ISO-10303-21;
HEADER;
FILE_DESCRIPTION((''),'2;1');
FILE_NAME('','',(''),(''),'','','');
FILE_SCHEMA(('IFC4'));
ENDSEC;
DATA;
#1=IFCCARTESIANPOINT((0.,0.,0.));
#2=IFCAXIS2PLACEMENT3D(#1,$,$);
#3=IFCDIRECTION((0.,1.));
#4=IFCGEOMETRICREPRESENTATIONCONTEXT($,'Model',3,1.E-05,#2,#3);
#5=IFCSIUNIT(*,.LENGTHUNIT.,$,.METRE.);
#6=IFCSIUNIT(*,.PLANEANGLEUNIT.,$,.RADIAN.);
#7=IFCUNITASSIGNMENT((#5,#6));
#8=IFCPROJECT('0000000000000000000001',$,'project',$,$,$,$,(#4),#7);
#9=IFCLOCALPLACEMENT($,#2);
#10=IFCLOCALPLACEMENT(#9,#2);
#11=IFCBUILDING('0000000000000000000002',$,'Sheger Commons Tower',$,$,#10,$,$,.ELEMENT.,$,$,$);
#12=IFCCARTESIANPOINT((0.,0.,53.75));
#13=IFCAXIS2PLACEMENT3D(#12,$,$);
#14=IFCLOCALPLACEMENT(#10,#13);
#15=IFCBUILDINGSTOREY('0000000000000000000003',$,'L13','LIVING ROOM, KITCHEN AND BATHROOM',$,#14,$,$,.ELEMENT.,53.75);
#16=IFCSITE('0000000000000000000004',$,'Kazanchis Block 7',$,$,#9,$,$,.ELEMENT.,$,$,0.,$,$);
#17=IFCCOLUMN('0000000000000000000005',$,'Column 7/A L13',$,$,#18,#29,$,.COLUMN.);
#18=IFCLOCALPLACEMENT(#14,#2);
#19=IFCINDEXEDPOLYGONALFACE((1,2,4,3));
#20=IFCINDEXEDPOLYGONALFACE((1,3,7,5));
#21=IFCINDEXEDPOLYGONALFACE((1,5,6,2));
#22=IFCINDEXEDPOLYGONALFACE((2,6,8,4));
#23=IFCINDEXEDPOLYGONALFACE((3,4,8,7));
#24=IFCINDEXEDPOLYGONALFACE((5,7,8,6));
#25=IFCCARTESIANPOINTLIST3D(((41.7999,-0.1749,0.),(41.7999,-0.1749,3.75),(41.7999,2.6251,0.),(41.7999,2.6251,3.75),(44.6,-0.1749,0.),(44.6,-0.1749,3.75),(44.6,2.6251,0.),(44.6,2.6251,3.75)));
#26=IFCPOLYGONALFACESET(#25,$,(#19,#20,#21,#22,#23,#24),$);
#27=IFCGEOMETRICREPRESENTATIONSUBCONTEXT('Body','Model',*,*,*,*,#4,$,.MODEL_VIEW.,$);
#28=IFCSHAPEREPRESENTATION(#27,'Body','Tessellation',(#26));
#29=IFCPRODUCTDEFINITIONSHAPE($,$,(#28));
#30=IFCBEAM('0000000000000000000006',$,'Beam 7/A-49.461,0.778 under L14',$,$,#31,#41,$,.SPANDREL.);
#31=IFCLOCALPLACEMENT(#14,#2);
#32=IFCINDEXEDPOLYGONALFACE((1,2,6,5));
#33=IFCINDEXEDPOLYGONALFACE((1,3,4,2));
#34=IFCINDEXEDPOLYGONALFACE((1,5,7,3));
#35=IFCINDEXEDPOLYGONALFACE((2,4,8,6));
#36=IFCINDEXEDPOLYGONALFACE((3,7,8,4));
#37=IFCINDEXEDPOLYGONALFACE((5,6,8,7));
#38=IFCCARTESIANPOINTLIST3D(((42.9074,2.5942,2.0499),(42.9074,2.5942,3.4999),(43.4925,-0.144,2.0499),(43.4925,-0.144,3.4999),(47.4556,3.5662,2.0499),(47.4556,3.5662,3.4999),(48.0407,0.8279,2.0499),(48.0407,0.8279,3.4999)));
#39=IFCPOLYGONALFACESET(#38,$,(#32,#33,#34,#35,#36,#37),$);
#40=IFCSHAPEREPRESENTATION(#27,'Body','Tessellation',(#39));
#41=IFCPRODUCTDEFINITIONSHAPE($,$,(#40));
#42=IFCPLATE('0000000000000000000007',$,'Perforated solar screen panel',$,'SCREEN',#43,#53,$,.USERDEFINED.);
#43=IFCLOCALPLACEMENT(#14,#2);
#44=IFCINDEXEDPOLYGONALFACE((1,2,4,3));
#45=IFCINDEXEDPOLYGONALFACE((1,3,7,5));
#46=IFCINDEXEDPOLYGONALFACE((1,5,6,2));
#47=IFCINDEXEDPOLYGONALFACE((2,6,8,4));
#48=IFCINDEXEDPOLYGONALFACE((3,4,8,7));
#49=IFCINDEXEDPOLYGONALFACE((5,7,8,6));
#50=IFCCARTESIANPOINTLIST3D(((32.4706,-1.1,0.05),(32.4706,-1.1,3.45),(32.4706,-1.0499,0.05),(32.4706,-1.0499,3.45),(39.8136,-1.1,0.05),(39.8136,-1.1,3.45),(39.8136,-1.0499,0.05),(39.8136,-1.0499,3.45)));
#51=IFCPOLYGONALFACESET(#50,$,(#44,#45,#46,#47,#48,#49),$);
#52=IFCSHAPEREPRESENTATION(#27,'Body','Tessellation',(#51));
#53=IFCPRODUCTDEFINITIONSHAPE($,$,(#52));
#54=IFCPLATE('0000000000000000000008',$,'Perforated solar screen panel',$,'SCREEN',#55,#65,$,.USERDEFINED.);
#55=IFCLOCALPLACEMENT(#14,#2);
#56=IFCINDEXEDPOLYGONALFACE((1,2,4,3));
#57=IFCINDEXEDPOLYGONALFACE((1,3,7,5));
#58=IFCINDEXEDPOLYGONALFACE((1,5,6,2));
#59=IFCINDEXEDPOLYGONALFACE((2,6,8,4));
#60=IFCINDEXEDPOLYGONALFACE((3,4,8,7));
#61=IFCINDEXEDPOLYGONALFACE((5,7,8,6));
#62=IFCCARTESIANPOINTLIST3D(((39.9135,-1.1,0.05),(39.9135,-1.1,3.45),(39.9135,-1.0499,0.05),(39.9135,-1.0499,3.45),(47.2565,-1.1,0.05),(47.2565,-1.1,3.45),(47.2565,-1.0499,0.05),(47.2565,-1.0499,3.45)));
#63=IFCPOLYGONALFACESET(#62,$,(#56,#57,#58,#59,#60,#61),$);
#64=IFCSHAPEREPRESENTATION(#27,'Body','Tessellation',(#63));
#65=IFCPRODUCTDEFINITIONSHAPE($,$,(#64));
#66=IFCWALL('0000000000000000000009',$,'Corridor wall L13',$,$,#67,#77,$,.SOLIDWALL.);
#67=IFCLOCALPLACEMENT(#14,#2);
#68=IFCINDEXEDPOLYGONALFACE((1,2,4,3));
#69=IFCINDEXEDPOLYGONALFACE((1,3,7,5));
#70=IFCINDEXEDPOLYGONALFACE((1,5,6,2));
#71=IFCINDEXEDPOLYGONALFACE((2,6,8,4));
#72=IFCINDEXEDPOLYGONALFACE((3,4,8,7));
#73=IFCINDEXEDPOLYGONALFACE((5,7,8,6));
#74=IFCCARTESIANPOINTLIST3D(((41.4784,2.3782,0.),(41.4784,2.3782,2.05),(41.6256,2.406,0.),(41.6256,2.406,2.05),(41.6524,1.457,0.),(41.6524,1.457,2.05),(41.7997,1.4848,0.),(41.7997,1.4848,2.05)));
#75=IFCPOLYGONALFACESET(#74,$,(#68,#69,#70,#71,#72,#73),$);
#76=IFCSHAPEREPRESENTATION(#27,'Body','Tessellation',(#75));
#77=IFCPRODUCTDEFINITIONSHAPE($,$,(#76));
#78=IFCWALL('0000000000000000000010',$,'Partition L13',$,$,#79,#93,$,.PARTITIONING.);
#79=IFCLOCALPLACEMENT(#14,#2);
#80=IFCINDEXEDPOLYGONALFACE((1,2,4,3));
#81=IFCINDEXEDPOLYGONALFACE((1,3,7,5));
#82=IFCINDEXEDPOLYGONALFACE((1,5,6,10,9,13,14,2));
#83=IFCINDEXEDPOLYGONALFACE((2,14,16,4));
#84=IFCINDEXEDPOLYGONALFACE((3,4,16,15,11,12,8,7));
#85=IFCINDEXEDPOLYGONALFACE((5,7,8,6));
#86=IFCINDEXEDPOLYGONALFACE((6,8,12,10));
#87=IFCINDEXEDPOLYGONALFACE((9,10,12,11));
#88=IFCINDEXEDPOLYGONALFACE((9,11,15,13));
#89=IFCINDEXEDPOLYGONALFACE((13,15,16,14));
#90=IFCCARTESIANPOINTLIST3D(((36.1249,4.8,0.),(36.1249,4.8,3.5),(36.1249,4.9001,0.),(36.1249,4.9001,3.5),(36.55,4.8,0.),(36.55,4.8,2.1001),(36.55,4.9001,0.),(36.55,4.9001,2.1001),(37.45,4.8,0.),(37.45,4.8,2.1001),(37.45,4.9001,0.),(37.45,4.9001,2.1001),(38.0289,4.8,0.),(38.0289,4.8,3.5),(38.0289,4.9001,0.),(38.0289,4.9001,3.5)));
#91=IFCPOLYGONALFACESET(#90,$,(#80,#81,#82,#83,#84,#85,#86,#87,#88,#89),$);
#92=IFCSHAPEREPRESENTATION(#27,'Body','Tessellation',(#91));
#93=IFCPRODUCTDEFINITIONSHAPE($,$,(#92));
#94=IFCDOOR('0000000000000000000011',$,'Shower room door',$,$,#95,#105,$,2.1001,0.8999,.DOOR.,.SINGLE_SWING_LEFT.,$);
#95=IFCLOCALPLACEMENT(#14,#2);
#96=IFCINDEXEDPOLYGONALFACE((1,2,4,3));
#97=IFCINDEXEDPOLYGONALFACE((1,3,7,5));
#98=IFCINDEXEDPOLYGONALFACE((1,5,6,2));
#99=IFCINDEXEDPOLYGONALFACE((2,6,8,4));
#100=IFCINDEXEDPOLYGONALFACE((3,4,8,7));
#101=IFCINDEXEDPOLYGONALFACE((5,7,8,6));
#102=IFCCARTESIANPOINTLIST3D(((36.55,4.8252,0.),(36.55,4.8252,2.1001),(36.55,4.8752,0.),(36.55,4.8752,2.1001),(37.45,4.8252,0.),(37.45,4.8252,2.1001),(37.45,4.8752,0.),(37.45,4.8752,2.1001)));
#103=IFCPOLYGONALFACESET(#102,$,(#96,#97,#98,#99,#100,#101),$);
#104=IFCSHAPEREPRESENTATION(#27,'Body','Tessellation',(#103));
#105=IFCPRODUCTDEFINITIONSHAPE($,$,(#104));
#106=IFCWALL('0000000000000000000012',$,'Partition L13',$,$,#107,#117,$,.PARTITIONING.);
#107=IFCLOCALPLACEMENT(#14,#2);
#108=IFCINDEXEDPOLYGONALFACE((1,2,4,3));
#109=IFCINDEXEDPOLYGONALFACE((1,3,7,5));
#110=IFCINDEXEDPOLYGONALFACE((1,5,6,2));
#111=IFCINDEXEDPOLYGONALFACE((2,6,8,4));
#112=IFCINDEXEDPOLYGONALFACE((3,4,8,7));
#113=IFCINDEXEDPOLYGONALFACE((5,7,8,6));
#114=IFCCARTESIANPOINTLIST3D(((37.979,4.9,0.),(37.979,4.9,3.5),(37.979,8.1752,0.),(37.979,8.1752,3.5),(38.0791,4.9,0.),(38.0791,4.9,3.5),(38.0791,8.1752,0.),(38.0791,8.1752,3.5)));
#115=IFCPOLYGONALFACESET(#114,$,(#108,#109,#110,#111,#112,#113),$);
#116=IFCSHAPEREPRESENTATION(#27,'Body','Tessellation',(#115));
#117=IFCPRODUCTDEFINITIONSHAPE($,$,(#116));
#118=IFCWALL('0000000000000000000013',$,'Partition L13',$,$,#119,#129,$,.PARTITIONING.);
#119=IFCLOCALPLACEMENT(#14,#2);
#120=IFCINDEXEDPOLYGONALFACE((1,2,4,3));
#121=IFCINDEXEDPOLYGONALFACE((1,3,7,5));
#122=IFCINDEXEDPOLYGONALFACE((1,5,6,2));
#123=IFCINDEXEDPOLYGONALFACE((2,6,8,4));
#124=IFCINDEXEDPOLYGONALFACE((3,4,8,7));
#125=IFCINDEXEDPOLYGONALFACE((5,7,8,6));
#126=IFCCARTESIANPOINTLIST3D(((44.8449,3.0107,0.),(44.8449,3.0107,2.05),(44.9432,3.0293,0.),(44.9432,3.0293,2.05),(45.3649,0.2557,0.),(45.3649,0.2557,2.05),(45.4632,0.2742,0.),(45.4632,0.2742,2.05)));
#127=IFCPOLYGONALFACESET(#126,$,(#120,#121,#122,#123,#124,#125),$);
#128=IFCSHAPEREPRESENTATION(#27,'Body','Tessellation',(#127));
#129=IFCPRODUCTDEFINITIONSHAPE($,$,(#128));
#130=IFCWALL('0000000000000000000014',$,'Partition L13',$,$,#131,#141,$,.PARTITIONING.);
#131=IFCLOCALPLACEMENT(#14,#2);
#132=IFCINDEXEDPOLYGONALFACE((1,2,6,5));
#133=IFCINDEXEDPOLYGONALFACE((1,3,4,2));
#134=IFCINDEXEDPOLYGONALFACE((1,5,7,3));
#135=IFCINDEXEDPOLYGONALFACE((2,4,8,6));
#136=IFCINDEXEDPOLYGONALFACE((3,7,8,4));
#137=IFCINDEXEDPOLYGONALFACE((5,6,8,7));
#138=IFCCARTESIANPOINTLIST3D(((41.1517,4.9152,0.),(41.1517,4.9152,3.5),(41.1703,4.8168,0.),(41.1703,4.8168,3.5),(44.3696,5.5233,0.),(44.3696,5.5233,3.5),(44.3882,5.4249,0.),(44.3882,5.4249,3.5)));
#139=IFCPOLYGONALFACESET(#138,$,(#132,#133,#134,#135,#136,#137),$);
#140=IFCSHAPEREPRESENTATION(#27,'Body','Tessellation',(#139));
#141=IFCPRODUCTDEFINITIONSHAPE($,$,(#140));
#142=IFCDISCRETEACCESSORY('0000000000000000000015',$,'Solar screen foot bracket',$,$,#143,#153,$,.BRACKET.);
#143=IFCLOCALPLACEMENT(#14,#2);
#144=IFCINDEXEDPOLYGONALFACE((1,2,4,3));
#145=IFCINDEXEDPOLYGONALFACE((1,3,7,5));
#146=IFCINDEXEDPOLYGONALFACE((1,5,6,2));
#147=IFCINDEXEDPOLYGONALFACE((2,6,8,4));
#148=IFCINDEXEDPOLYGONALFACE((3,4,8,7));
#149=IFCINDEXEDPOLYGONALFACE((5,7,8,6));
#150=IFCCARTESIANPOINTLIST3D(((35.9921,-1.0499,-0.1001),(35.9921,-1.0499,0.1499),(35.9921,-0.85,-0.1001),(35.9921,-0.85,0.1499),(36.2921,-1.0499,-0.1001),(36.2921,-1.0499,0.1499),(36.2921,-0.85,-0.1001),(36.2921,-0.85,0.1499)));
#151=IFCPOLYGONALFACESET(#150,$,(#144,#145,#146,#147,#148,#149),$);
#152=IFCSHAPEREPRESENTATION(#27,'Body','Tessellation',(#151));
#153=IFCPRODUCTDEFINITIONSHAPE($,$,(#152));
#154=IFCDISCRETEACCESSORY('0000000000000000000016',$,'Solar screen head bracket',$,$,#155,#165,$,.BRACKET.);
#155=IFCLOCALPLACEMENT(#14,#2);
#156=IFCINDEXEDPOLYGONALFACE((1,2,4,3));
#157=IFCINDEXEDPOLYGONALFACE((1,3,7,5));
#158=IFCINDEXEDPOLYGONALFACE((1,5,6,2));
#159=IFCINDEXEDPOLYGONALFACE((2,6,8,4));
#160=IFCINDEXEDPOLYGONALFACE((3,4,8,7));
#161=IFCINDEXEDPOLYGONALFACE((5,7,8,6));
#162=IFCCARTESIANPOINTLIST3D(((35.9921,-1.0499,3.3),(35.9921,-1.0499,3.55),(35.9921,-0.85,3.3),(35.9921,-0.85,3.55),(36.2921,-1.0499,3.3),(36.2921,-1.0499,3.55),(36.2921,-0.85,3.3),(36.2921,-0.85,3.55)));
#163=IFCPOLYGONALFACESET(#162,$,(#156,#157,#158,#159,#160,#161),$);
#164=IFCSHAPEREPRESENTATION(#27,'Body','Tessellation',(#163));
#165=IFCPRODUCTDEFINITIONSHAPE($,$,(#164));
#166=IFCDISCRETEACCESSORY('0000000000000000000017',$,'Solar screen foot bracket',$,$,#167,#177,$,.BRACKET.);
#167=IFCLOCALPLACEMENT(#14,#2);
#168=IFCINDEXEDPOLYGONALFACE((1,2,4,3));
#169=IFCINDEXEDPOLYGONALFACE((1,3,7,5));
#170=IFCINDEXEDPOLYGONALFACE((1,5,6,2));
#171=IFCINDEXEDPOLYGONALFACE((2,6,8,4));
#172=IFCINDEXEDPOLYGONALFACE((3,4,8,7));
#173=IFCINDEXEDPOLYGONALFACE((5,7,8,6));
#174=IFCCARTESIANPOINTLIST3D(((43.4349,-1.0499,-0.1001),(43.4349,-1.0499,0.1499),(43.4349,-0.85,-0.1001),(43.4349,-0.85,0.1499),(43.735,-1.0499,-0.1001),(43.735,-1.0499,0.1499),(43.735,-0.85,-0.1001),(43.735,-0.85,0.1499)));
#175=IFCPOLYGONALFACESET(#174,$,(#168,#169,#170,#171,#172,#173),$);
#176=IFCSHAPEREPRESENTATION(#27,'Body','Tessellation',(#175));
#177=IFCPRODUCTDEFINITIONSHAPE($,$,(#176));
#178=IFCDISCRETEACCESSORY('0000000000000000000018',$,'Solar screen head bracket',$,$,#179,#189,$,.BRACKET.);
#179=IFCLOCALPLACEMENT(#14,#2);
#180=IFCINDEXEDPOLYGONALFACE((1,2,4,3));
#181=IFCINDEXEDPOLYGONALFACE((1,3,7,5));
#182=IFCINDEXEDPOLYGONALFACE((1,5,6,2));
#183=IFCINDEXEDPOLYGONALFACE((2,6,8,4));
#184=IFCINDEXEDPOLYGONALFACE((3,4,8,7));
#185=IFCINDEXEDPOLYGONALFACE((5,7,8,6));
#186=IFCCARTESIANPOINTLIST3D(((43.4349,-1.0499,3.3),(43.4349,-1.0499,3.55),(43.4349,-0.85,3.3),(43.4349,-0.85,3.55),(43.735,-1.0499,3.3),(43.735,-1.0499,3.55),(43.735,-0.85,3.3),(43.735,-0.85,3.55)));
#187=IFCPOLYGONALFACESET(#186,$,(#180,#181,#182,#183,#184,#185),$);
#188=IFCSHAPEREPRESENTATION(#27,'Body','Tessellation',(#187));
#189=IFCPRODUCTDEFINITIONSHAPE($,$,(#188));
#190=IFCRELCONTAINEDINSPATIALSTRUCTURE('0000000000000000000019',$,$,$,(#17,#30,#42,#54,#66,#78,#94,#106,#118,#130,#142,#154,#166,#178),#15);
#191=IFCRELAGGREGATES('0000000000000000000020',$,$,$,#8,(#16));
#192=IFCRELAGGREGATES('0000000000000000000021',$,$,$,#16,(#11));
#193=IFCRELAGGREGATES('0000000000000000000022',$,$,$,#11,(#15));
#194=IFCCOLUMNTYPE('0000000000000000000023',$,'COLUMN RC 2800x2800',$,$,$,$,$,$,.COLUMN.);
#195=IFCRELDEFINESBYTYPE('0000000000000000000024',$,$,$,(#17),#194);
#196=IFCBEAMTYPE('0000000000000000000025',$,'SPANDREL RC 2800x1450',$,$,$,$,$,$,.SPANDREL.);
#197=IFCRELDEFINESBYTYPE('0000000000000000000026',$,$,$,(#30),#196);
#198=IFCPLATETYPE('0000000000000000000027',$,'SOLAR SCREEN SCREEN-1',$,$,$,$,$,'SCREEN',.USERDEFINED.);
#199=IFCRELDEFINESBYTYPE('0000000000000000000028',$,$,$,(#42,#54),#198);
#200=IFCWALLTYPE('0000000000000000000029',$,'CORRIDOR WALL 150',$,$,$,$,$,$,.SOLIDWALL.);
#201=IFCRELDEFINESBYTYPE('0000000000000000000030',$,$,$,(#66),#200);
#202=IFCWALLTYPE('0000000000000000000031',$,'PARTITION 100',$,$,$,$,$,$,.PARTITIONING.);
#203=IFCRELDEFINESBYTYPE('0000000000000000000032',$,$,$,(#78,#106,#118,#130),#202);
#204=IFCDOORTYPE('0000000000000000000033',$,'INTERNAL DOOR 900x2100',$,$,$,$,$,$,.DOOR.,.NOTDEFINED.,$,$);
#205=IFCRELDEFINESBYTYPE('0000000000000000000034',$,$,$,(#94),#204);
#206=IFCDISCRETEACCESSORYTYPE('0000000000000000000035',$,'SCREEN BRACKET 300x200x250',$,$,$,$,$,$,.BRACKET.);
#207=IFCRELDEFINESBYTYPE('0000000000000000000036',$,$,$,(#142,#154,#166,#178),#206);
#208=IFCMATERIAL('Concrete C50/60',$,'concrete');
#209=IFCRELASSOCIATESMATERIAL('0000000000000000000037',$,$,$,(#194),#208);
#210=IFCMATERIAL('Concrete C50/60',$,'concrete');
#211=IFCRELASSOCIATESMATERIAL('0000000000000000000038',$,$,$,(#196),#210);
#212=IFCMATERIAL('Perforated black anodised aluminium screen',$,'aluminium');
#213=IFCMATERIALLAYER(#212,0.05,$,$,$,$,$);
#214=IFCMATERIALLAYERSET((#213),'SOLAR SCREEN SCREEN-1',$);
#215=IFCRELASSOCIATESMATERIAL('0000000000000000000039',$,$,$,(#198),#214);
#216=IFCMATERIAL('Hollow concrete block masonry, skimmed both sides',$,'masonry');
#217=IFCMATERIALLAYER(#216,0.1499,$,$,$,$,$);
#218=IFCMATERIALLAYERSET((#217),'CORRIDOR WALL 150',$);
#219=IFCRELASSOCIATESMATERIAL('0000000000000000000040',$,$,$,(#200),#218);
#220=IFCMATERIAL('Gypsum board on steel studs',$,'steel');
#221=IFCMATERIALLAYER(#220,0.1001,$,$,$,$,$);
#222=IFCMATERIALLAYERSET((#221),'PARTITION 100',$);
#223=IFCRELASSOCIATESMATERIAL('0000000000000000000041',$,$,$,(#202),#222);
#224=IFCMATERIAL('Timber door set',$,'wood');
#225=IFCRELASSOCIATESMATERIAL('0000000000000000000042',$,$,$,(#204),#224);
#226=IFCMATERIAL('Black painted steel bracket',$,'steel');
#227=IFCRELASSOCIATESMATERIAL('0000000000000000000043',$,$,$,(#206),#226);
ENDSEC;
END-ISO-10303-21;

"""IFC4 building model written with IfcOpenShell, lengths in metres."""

from ifc_helpers import new_model, si_unit, direction, frame, frame_2d, origin, origin_2d, place, context, subcontext, project, spatial, rectangle, extrude, material, layer, layer_set, material_profile, profile_set, type_object, element, fill, save


model = new_model("IFC4")

# Units and contexts
model_context = context("Model", 3, precision=1e-05, world=origin(), true_north=direction((0.0, 1.0)))
body_context = subcontext(model_context, "Body", "Model", "MODEL_VIEW")
ifc_project = project(units=[si_unit("LENGTHUNIT", "METRE"), si_unit("PLANEANGLEUNIT", "RADIAN")], contexts=[model_context])

# Site, building, storey
site_placement = place(None, origin())
site = spatial("IfcSite", under=ifc_project, at=site_placement, Name="Kazanchis Block 7", CompositionType="ELEMENT", RefElevation=0.0)
building_placement = place(site_placement, origin())
building = spatial("IfcBuilding", under=site, at=building_placement, Name="Sheger Commons Tower", CompositionType="ELEMENT")
storey_placement = place(building_placement, frame((0.0, 0.0, 53.75)))
storey = spatial("IfcBuildingStorey", under=building, at=storey_placement, Name="L13", Description="LIVING ROOM, KITCHEN AND BATHROOM", CompositionType="ELEMENT", Elevation=53.75)

# Column
ifc_material_1 = material(Name="Concrete C50/60", Category="concrete")
ifc_material_profile_1 = material_profile(ifc_material_1, rectangle(XDim=2.8, YDim=2.8, at=origin_2d()), Name="RC 2800x2800")
ifc_profile_set_1 = profile_set([ifc_material_profile_1], Name="Concrete C50/60")
column_type = type_object("IfcColumnType", Name="COLUMN RC 2800x2800", PredefinedType="COLUMN", material=ifc_profile_set_1)
column_placement = place(storey_placement, frame((43.2, 1.2251, 0.0), z_axis=(0.0, 0.0, 1.0), x_axis=(1.0, 0.0, 0.0)))
element("IfcColumn", 1, at=column_placement, inside=storey, type_object=column_type, Name="Column 7/A L13", PredefinedType="COLUMN", context=body_context, shape_type="SweptSolid", body=[
    extrude(rectangle(XDim=2.8, YDim=2.8, at=origin_2d()), origin(), (0.0, 0.0, 1.0), 3.75),
])

# Beam
ifc_material_2 = material(Name="Concrete C50/60", Category="concrete")
ifc_material_profile_2 = material_profile(ifc_material_2, rectangle(XDim=2.8, YDim=1.45, at=origin_2d()), Name="RC 2800x1450")
ifc_profile_set_2 = profile_set([ifc_material_profile_2], Name="Concrete C50/60")
beam_type = type_object("IfcBeamType", Name="SPANDREL RC 2800x1450", PredefinedType="SPANDREL", material=ifc_profile_set_2)
beam_placement = place(storey_placement, frame((43.2, 1.2251, 2.7749), z_axis=(0.97792, 0.208981, 0.0), x_axis=(-0.208981, 0.97792, 0.0)))
element("IfcBeam", 2, at=beam_placement, inside=storey, type_object=beam_type, Name="Beam 7/A-49.461,0.778 under L14", PredefinedType="SPANDREL", context=body_context, shape_type="SweptSolid", body=[
    extrude(rectangle(XDim=2.8, YDim=1.45, at=origin_2d()), origin(), (0.0, 0.0, 1.0), 4.6509),
])

# Plates
ifc_material_3 = material(Name="Perforated black anodised aluminium screen", Category="aluminium")
ifc_layer_1 = layer(ifc_material_3, 0.05)
ifc_layer_set_1 = layer_set([ifc_layer_1], Name="SOLAR SCREEN SCREEN-1")
plate_type = type_object("IfcPlateType", Name="SOLAR SCREEN SCREEN-1", ElementType="SCREEN", PredefinedType="USERDEFINED", material=ifc_layer_set_1)
for number, where, z_axis, x_axis, name in (
    (3, (36.1421, -1.075, 0.05), (0.0, 0.0, 1.0), (1.0, 0.0, 0.0), "Perforated solar screen panel"),
    (4, (43.585, -1.075, 0.05), (0.0, 0.0, 1.0), (1.0, 0.0, 0.0), "Perforated solar screen panel"),
):
    element("IfcPlate", number, at=place(storey_placement, frame(where, z_axis=z_axis, x_axis=x_axis)), inside=storey, type_object=plate_type, Name=name, ObjectType="SCREEN", PredefinedType="USERDEFINED", context=body_context, shape_type="SweptSolid", body=[
        extrude(rectangle(XDim=7.343, YDim=0.05, at=origin_2d()), origin(), (0.0, 0.0, 1.0), 3.3999),
    ])

# Wall
ifc_material_4 = material(Name="Hollow concrete block masonry, skimmed both sides", Category="masonry")
ifc_layer_2 = layer(ifc_material_4, 0.1499)
ifc_layer_set_2 = layer_set([ifc_layer_2], Name="CORRIDOR WALL 150")
wall_type_1 = type_object("IfcWallType", Name="CORRIDOR WALL 150", PredefinedType="SOLIDWALL", material=ifc_layer_set_2)
wall_1_placement = place(storey_placement, frame((41.552, 2.3921, 0.0), z_axis=(0.0, 0.0, 1.0), x_axis=(0.185688, -0.982609, 0.0)))
element("IfcWall", 5, at=wall_1_placement, inside=storey, type_object=wall_type_1, Name="Corridor wall L13", PredefinedType="SOLIDWALL", context=body_context, shape_type="SweptSolid", body=[
    extrude(rectangle(XDim=0.9375, YDim=0.1499, at=frame_2d((0.4688, 0.0))), origin(), (0.0, 0.0, 1.0), 2.05),
])

# Wall, opening, door
ifc_material_5 = material(Name="Gypsum board on steel studs", Category="steel")
ifc_layer_3 = layer(ifc_material_5, 0.1001)
ifc_layer_set_3 = layer_set([ifc_layer_3], Name="PARTITION 100")
wall_type_2 = type_object("IfcWallType", Name="PARTITION 100", PredefinedType="PARTITIONING", material=ifc_layer_set_3)
wall_2_placement = place(storey_placement, frame((38.0291, 4.8501, 0.0), z_axis=(0.0, 0.0, 1.0), x_axis=(-1.0, 0.0, 0.0)))
wall_2 = element("IfcWall", 6, at=wall_2_placement, inside=storey, type_object=wall_type_2, Name="Partition L13", PredefinedType="PARTITIONING", context=body_context, shape_type="SweptSolid", body=[
    extrude(rectangle(XDim=1.9041, YDim=0.1001, at=frame_2d((0.9521, 0.0))), origin(), (0.0, 0.0, 1.0), 3.5),
])
opening_placement = place(wall_2_placement, frame((0.5791, 0.0, 0.0)))
opening = element("IfcOpeningElement", 7, at=opening_placement, cuts=wall_2, PredefinedType="OPENING", context=body_context, shape_type="SweptSolid", body=[
    extrude(rectangle(XDim=0.8999, YDim=2.1001, at=frame_2d((0.45, 1.05))), frame((0.0, 0.0601, 0.0), z_axis=(0.0, -1.0, 0.0), x_axis=(1.0, 0.0, 0.0)), (0.0, 0.0, 1.0), 0.1201),
])
ifc_material_6 = material(Name="Timber door set", Category="wood")
door_type = type_object("IfcDoorType", Name="INTERNAL DOOR 900x2100", OperationType="NOTDEFINED", PredefinedType="DOOR", material=ifc_material_6)
door_placement = place(opening_placement, origin())
door = element("IfcDoor", 8, at=door_placement, inside=storey, type_object=door_type, Name="Shower room door", OperationType="SINGLE_SWING_LEFT", OverallHeight=2.1001, OverallWidth=0.8999, PredefinedType="DOOR", context=body_context, shape_type="SweptSolid", body=[
    extrude(rectangle(XDim=0.8999, YDim=2.1001, at=frame_2d((0.45, 1.05))), frame((0.0, 0.0249, 0.0), z_axis=(0.0, -1.0, 0.0), x_axis=(1.0, 0.0, 0.0)), (0.0, 0.0, 1.0), 0.05),
])
fill(opening, door)

# Walls
wall_3_placement = place(storey_placement, frame((38.0291, 4.8999, 0.0), z_axis=(0.0, 0.0, 1.0), x_axis=(0.0, 1.0, 0.0)))
element("IfcWall", 9, at=wall_3_placement, inside=storey, type_object=wall_type_2, Name="Partition L13", PredefinedType="PARTITIONING", context=body_context, shape_type="SweptSolid", body=[
    extrude(rectangle(XDim=3.2751, YDim=0.1001, at=frame_2d((1.6377, 0.0))), origin(), (0.0, 0.0, 1.0), 3.5),
])
wall_4_placement = place(storey_placement, frame((44.894, 3.02, 0.0), z_axis=(0.0, 0.0, 1.0), x_axis=(0.185471, -0.98265, 0.0)))
element("IfcWall", 10, at=wall_4_placement, inside=storey, type_object=wall_type_2, Name="Partition L13", PredefinedType="PARTITIONING", context=body_context, shape_type="SweptSolid", body=[
    extrude(rectangle(XDim=2.8037, YDim=0.1001, at=frame_2d((1.4019, 0.0))), origin(), (0.0, 0.0, 1.0), 2.05),
])
wall_5_placement = place(storey_placement, frame((44.3789, 5.4741, 0.0), z_axis=(0.0, 0.0, 1.0), x_axis=(-0.982607, -0.185697, 0.0)))
element("IfcWall", 11, at=wall_5_placement, inside=storey, type_object=wall_type_2, Name="Partition L13", PredefinedType="PARTITIONING", context=body_context, shape_type="SweptSolid", body=[
    extrude(rectangle(XDim=3.2749, YDim=0.1001, at=frame_2d((1.6375, 0.0))), origin(), (0.0, 0.0, 1.0), 3.5),
])

# Discrete accessories
ifc_material_7 = material(Name="Black painted steel bracket", Category="steel")
discrete_accessory_type = type_object("IfcDiscreteAccessoryType", Name="SCREEN BRACKET 300x200x250", PredefinedType="BRACKET", material=ifc_material_7)
for number, where, z_axis, x_axis, name in (
    (12, (36.1421, -0.95, -0.1001), (0.0, 0.0, 1.0), (1.0, 0.0, 0.0), "Solar screen foot bracket"),
    (13, (36.1421, -0.95, 3.3), (0.0, 0.0, 1.0), (1.0, 0.0, 0.0), "Solar screen head bracket"),
    (14, (43.585, -0.95, -0.1001), (0.0, 0.0, 1.0), (1.0, 0.0, 0.0), "Solar screen foot bracket"),
    (15, (43.585, -0.95, 3.3), (0.0, 0.0, 1.0), (1.0, 0.0, 0.0), "Solar screen head bracket"),
):
    element("IfcDiscreteAccessory", number, at=place(storey_placement, frame(where, z_axis=z_axis, x_axis=x_axis)), inside=storey, type_object=discrete_accessory_type, Name=name, PredefinedType="BRACKET", context=body_context, shape_type="SweptSolid", body=[
        extrude(rectangle(XDim=0.3, YDim=0.2, at=origin_2d()), origin(), (0.0, 0.0, 1.0), 0.25),
    ])

save(model, "model.ifc")
